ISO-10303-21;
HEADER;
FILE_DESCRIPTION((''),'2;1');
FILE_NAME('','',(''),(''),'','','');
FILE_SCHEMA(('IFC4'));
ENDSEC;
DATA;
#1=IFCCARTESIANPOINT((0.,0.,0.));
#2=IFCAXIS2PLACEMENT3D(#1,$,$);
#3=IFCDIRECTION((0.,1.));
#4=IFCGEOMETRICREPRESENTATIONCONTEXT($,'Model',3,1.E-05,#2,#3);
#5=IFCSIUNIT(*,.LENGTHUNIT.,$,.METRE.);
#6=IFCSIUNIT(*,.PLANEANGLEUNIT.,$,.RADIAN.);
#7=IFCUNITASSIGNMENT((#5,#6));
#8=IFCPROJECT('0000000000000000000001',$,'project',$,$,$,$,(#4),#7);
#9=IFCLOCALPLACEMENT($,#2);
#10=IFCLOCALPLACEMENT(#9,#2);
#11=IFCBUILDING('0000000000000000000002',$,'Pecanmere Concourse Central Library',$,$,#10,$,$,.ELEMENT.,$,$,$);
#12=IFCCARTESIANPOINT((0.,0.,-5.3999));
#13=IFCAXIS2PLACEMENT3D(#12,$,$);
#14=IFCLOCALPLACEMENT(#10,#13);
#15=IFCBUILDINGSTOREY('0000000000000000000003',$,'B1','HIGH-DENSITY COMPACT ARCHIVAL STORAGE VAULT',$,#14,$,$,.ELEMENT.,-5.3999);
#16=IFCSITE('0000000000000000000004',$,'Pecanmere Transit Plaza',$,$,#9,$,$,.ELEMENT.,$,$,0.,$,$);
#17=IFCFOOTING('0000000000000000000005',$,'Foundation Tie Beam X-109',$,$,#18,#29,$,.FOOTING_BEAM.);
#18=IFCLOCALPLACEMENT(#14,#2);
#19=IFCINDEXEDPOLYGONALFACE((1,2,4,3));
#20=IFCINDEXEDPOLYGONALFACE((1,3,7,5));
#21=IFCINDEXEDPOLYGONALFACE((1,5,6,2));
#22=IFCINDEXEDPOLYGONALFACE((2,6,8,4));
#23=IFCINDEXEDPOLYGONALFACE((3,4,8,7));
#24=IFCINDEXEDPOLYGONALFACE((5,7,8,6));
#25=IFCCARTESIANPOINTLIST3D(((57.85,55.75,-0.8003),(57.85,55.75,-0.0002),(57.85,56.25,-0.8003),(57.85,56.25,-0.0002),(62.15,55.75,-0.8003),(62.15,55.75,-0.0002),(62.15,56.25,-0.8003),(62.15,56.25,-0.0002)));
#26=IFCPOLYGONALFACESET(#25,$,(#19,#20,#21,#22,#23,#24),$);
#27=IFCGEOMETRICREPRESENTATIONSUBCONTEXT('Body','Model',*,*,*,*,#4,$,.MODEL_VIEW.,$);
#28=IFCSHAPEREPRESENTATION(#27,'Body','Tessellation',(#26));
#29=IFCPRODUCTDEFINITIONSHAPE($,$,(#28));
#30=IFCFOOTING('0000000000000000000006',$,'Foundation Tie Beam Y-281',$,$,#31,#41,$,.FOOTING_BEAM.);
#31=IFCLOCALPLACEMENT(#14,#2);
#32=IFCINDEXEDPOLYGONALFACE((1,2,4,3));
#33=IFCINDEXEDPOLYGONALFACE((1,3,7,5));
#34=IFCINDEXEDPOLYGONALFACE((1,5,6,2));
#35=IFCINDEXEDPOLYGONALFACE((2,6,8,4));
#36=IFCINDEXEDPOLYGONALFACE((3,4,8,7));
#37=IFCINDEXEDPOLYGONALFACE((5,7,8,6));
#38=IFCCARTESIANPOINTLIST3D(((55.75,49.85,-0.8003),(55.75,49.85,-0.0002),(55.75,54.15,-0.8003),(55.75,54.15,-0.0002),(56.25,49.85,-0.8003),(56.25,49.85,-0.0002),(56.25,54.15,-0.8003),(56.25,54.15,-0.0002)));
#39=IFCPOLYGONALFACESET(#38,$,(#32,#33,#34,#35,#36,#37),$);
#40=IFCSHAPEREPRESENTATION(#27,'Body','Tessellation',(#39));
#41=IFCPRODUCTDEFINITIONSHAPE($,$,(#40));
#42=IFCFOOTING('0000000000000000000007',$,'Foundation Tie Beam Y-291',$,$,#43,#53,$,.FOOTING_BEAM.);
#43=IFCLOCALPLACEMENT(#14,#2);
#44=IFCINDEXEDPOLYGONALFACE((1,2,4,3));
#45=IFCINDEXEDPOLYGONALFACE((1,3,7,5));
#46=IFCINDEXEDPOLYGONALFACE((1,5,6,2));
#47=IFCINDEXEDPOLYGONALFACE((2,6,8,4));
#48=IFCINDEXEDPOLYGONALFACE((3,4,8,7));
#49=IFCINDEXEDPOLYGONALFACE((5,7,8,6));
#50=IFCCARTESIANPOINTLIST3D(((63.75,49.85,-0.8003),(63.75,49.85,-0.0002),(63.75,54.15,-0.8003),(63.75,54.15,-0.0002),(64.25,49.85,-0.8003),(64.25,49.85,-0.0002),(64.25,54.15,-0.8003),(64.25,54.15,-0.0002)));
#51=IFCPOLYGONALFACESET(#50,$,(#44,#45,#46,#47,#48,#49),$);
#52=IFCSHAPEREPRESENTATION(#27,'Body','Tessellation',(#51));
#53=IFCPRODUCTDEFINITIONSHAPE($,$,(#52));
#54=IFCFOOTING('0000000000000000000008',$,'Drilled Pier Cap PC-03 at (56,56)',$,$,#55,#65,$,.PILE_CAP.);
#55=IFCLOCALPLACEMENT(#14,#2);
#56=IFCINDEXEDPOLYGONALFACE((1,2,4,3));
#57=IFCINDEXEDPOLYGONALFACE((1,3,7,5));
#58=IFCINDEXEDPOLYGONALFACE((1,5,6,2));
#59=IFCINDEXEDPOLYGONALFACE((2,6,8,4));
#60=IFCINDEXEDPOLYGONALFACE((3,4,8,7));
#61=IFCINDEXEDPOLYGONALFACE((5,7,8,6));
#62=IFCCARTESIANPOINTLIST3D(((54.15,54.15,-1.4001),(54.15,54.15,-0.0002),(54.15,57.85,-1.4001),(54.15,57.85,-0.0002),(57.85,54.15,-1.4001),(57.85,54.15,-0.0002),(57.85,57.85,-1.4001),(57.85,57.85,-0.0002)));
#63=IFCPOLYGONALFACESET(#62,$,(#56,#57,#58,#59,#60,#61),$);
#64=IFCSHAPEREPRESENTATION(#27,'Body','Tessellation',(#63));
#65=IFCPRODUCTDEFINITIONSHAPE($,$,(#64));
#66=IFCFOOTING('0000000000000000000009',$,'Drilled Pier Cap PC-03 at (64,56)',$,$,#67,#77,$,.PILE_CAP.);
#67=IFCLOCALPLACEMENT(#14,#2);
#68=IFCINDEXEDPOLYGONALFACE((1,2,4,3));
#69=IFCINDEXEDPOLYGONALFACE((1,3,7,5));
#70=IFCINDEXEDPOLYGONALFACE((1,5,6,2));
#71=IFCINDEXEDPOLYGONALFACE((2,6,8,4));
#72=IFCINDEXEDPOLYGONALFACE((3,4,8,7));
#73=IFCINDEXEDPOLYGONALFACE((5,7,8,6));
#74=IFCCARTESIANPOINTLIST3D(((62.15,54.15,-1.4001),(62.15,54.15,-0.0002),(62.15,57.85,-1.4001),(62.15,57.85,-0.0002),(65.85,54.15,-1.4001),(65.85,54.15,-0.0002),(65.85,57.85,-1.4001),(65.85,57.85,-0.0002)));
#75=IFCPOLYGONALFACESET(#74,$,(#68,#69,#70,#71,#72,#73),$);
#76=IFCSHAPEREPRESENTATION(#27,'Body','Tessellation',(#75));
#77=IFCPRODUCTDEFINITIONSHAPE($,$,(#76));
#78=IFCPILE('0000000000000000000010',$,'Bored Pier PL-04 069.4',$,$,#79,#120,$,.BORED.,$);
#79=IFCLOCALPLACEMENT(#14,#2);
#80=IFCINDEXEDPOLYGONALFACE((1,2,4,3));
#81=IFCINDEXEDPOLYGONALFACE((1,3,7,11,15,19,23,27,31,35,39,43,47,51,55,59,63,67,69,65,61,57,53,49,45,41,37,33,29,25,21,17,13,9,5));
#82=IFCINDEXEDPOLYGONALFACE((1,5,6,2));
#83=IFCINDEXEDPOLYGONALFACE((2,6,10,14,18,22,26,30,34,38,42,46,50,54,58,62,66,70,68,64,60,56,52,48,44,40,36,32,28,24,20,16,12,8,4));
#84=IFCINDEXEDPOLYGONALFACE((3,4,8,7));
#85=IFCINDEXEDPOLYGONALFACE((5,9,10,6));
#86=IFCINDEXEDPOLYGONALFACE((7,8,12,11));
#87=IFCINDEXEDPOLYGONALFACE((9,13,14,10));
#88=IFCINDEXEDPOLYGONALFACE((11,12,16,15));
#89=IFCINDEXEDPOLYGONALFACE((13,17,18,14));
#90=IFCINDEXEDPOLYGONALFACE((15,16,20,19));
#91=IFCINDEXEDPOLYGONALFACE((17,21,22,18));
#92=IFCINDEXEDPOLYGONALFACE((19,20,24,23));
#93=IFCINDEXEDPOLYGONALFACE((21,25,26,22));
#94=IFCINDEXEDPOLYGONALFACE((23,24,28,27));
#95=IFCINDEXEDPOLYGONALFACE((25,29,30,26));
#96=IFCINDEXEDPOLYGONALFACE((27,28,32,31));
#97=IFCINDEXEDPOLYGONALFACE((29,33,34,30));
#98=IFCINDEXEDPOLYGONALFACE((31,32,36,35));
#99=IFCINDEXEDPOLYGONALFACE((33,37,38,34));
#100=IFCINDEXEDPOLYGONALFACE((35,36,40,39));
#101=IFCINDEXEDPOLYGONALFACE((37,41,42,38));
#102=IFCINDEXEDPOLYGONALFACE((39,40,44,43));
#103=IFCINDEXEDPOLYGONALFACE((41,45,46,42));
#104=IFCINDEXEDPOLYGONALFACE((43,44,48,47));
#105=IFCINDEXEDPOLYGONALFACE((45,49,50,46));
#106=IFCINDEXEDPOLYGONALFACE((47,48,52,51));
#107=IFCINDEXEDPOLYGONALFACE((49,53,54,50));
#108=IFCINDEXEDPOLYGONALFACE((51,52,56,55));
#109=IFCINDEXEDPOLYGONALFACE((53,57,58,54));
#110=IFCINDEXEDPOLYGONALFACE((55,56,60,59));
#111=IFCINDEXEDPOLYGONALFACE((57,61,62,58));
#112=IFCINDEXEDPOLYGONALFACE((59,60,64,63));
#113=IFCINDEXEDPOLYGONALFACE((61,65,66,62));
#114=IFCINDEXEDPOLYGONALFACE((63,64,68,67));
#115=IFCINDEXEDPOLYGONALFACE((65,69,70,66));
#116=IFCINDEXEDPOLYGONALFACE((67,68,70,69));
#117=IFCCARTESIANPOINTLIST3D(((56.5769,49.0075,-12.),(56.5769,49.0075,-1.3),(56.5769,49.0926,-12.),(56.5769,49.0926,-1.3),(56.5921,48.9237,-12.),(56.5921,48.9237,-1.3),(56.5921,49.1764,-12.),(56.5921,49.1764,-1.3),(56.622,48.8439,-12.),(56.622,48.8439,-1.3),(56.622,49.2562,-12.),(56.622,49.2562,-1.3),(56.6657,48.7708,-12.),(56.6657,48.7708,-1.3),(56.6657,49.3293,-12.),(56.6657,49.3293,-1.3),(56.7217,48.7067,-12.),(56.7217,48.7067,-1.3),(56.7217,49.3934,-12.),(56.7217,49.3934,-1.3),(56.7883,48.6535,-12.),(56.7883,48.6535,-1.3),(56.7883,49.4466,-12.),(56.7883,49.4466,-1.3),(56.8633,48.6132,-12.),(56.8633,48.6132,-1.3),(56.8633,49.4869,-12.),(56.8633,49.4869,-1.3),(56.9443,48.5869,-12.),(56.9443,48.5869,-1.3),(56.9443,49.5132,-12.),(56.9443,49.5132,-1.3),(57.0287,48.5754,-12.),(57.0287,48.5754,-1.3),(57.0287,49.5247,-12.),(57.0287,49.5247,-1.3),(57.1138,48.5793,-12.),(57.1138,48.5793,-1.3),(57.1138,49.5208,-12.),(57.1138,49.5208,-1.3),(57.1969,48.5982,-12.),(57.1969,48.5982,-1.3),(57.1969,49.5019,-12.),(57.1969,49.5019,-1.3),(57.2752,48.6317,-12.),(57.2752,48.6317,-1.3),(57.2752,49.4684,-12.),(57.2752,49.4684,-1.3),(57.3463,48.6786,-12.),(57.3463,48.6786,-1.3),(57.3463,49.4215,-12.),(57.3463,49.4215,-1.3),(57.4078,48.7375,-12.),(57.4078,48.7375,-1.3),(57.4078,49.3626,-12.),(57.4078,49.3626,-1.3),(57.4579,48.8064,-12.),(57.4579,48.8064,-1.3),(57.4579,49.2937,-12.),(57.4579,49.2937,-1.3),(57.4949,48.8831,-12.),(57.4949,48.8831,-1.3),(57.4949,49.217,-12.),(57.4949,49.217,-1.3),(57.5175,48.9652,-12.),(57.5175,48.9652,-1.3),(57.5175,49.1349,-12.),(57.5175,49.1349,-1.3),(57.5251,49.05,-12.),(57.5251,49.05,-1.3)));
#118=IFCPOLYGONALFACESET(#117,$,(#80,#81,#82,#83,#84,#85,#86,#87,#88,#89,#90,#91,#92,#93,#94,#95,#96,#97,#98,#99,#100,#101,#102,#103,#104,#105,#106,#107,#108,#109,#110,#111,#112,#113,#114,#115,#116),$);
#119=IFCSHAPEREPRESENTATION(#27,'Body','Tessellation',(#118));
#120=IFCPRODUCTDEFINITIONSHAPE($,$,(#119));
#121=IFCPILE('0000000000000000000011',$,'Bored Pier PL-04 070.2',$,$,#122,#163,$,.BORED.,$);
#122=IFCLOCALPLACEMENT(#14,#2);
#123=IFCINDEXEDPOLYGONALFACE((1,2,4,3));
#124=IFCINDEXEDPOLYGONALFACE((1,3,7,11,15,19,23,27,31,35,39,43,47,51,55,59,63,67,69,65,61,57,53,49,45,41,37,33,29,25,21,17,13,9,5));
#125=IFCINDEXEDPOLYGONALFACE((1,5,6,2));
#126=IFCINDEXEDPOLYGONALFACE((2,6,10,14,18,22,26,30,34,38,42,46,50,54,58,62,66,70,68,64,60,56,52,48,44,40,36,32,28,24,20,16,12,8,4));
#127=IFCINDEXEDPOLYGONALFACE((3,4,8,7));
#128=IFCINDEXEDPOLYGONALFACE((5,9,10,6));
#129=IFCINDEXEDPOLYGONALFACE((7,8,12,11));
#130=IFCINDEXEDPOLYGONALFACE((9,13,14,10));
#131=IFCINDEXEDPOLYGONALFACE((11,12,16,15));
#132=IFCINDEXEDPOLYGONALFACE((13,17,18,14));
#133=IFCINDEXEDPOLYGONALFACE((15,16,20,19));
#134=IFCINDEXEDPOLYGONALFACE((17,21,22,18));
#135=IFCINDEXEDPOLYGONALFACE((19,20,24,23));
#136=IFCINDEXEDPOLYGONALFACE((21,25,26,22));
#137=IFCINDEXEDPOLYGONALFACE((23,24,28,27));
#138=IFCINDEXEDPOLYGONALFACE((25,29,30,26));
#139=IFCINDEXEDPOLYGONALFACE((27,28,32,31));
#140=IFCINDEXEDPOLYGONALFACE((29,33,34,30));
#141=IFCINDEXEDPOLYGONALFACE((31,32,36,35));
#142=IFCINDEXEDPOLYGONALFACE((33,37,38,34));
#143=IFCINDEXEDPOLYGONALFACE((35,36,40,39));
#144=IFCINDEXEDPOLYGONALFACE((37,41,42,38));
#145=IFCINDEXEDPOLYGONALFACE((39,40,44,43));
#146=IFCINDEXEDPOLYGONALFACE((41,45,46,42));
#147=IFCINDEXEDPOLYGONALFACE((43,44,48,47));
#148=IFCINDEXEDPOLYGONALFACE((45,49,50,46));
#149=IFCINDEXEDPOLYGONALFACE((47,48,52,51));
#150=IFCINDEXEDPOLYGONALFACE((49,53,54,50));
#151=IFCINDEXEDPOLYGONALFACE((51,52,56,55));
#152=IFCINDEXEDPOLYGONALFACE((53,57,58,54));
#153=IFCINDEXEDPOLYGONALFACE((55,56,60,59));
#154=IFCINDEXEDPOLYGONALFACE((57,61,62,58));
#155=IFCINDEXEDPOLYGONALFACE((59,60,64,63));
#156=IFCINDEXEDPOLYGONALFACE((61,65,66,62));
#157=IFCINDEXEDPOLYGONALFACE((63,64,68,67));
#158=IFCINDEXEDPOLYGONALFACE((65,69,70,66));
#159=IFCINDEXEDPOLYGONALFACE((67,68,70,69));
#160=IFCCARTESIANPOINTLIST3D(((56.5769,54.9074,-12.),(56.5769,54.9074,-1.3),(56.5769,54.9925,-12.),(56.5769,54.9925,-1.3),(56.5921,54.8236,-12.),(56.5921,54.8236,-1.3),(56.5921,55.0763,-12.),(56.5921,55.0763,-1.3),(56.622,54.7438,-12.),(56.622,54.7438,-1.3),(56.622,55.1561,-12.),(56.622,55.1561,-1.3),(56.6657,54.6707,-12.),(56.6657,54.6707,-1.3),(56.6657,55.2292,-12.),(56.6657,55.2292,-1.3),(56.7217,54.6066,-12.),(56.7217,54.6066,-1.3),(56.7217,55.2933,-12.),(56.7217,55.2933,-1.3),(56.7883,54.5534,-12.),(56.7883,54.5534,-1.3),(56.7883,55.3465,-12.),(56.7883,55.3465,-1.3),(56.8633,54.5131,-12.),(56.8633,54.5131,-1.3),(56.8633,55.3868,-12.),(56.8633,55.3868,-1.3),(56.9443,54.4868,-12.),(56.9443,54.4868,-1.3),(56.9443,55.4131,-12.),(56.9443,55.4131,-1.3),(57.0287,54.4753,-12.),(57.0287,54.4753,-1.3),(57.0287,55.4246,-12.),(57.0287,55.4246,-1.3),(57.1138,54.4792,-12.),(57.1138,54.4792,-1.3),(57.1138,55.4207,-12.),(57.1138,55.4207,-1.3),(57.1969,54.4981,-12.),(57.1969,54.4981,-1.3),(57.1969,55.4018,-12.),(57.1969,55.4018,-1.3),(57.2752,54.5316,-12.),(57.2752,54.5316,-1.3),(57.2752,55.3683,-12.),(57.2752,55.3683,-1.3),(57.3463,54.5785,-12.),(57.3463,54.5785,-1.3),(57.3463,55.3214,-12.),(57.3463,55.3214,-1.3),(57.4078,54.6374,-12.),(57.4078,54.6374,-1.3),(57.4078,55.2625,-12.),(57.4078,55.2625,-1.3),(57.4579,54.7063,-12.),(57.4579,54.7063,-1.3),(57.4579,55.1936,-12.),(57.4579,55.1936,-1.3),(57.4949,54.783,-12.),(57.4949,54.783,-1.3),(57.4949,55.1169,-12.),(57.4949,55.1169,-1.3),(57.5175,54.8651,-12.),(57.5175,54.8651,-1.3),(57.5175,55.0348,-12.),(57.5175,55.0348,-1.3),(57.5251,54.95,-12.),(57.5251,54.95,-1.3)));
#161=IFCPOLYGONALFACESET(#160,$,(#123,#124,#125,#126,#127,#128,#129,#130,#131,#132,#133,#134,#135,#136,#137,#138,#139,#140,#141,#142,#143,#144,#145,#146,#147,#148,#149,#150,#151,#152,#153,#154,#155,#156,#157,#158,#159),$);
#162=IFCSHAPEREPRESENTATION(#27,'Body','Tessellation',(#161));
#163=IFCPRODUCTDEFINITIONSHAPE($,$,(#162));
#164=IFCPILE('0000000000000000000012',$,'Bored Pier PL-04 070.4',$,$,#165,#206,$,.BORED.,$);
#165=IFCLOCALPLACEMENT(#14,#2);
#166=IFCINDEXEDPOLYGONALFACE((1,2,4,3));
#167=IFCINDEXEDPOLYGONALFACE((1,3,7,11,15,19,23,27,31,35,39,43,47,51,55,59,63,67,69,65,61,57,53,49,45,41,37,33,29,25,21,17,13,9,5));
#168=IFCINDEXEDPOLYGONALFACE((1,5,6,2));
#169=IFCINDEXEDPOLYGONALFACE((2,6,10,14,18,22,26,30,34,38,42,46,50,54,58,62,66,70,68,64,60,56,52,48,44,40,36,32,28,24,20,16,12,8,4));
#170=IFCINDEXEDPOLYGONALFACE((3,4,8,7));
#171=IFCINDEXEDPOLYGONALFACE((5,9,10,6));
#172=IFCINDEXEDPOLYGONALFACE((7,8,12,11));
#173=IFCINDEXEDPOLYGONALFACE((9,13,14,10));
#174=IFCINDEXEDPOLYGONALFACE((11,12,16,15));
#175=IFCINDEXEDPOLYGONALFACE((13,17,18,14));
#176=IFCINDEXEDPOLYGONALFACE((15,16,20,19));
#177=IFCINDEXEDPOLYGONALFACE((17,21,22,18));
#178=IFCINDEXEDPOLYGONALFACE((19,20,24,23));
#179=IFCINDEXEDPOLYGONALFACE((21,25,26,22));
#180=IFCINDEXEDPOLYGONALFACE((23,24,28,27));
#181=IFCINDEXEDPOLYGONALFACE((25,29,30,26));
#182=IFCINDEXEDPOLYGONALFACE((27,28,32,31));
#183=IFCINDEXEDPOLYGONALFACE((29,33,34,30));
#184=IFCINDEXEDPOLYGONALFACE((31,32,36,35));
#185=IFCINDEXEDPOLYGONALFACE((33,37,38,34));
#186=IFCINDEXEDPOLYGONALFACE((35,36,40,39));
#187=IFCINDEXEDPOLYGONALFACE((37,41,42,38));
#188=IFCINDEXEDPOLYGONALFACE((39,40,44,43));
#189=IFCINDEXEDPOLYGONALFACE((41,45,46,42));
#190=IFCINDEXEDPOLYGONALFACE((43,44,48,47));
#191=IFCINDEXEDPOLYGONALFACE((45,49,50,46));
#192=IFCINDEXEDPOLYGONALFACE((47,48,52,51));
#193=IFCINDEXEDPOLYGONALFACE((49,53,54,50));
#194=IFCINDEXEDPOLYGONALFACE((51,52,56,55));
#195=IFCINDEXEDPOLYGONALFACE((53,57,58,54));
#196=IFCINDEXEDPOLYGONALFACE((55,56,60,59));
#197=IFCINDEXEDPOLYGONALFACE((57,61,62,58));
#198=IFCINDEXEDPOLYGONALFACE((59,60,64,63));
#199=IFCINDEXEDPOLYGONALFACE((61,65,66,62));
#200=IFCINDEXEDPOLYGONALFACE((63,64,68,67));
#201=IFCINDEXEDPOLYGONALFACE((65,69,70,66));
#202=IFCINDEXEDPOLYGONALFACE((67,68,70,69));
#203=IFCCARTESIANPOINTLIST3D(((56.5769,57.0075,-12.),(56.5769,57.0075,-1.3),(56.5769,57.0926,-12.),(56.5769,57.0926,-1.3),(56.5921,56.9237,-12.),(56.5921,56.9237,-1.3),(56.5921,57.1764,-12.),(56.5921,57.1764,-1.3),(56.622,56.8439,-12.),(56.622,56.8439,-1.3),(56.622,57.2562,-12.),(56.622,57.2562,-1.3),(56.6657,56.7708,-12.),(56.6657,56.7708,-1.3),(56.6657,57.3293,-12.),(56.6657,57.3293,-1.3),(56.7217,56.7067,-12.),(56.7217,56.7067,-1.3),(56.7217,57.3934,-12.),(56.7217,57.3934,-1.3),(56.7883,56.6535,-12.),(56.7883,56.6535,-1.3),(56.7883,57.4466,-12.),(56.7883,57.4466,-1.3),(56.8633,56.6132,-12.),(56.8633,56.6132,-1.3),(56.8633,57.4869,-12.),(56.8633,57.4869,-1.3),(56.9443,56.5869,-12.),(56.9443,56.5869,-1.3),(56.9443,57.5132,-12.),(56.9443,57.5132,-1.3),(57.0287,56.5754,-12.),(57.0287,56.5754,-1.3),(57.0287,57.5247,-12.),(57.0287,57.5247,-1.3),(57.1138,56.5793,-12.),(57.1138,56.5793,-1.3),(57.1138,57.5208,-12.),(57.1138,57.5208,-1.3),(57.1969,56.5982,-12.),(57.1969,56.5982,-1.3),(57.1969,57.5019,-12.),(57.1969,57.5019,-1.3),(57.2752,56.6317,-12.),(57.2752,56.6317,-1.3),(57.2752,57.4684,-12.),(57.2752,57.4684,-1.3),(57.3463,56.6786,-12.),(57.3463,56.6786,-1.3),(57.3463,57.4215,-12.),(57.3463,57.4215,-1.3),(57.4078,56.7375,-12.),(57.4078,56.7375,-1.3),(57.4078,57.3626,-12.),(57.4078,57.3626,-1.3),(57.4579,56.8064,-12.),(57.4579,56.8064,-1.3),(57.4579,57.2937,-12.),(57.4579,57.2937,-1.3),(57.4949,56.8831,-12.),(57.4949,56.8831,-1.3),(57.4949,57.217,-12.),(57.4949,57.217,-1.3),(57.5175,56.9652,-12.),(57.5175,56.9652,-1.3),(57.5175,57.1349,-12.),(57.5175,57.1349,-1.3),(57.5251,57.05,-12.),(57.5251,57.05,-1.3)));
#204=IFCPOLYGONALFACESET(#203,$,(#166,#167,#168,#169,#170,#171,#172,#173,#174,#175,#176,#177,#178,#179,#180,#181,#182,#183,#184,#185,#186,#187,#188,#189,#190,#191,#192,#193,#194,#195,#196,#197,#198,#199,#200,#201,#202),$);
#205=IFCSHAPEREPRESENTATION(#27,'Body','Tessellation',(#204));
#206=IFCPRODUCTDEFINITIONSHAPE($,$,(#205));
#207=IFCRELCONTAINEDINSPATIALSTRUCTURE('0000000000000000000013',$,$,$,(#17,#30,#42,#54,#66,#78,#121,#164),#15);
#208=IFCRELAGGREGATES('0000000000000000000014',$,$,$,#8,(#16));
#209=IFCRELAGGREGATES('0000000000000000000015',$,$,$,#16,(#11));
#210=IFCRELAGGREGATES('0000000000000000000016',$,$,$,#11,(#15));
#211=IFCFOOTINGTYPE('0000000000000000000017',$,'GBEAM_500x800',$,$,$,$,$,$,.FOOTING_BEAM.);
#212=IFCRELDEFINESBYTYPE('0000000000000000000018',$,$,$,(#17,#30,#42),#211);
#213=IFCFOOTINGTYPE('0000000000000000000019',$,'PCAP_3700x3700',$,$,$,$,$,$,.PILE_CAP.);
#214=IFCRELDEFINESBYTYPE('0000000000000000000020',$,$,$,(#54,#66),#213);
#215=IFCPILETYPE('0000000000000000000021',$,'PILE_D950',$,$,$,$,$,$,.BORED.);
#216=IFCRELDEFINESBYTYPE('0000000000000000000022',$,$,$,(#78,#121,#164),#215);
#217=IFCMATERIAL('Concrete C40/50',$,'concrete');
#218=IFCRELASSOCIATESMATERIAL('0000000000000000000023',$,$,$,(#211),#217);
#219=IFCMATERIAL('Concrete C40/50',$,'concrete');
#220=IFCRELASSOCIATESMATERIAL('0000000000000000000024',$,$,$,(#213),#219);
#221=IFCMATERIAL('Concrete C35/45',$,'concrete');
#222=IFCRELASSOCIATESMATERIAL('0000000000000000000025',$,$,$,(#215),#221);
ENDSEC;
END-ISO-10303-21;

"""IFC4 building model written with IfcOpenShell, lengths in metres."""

from ifc_helpers import new_model, si_unit, direction, frame, origin, origin_2d, place, context, subcontext, project, spatial, rectangle, circle, extrude, material, material_profile, profile_set, type_object, element, save


model = new_model("IFC4")

# Units and contexts
model_context = context("Model", 3, precision=1e-05, world=origin(), true_north=direction((0.0, 1.0)))
body_context = subcontext(model_context, "Body", "Model", "MODEL_VIEW")
ifc_project = project(units=[si_unit("LENGTHUNIT", "METRE"), si_unit("PLANEANGLEUNIT", "RADIAN")], contexts=[model_context])

# Site, building, storey
site_placement = place(None, origin())
site = spatial("IfcSite", under=ifc_project, at=site_placement, Name="Pecanmere Transit Plaza", CompositionType="ELEMENT", RefElevation=0.0)
building_placement = place(site_placement, origin())
building = spatial("IfcBuilding", under=site, at=building_placement, Name="Pecanmere Concourse Central Library", CompositionType="ELEMENT")
storey_placement = place(building_placement, frame((0.0, 0.0, -5.3999)))
storey = spatial("IfcBuildingStorey", under=building, at=storey_placement, Name="B1", Description="HIGH-DENSITY COMPACT ARCHIVAL STORAGE VAULT", CompositionType="ELEMENT", Elevation=-5.3999)

# Footings
ifc_material_1 = material(Name="Concrete C40/50", Category="concrete")
ifc_material_profile_1 = material_profile(ifc_material_1, rectangle(XDim=0.5, YDim=0.8, at=origin_2d()), Name="RC 500x800")
ifc_profile_set_1 = profile_set([ifc_material_profile_1], Name="Concrete C40/50")
footing_type_1 = type_object("IfcFootingType", Name="GBEAM_500x800", PredefinedType="FOOTING_BEAM", material=ifc_profile_set_1)
for number, where, z_axis, x_axis, name in (
    (1, (60.0, 56.0, -0.8003), (0.0, 0.0, 1.0), (1.0, 0.0, 0.0), "Foundation Tie Beam X-109"),
    (2, (56.0, 52.0, -0.8003), (0.0, 0.0, 1.0), (0.0, 1.0, 0.0), "Foundation Tie Beam Y-281"),
    (3, (64.0, 52.0, -0.8003), (0.0, 0.0, 1.0), (0.0, 1.0, 0.0), "Foundation Tie Beam Y-291"),
):
    element("IfcFooting", number, at=place(storey_placement, frame(where, z_axis=z_axis, x_axis=x_axis)), inside=storey, type_object=footing_type_1, Name=name, PredefinedType="FOOTING_BEAM", context=body_context, shape_type="SweptSolid", body=[
        extrude(rectangle(XDim=4.3, YDim=0.5, at=origin_2d()), origin(), (0.0, 0.0, 1.0), 0.8),
    ])
ifc_material_2 = material(Name="Concrete C40/50", Category="concrete")
footing_type_2 = type_object("IfcFootingType", Name="PCAP_3700x3700", PredefinedType="PILE_CAP", material=ifc_material_2)
for number, where, z_axis, x_axis, name in (
    (4, (56.0, 56.0, -1.4001), (0.0, 0.0, 1.0), (1.0, 0.0, 0.0), "Drilled Pier Cap PC-03 at (56,56)"),
    (5, (64.0, 56.0, -1.4001), (0.0, 0.0, 1.0), (1.0, 0.0, 0.0), "Drilled Pier Cap PC-03 at (64,56)"),
):
    element("IfcFooting", number, at=place(storey_placement, frame(where, z_axis=z_axis, x_axis=x_axis)), inside=storey, type_object=footing_type_2, Name=name, PredefinedType="PILE_CAP", context=body_context, shape_type="SweptSolid", body=[
        extrude(rectangle(XDim=3.7, YDim=3.7, at=origin_2d()), origin(), (0.0, 0.0, 1.0), 1.3999),
    ])

# Piles
ifc_material_3 = material(Name="Concrete C35/45", Category="concrete")
ifc_material_profile_2 = material_profile(ifc_material_3, circle(Radius=0.4751, at=origin_2d()), Name="PIER D950")
ifc_profile_set_2 = profile_set([ifc_material_profile_2], Name="Concrete C35/45")
pile_type = type_object("IfcPileType", Name="PILE_D950", PredefinedType="BORED", material=ifc_profile_set_2)
for number, where, z_axis, x_axis, name in (
    (6, (57.05, 49.05, -1.3), (0.0, 0.0, -1.0), (1.0, 0.0, 0.0), "Bored Pier PL-04 069.4"),
    (7, (57.05, 54.95, -1.3), (0.0, 0.0, -1.0), (1.0, 0.0, 0.0), "Bored Pier PL-04 070.2"),
    (8, (57.05, 57.05, -1.3), (0.0, 0.0, -1.0), (1.0, 0.0, 0.0), "Bored Pier PL-04 070.4"),
):
    element("IfcPile", number, at=place(storey_placement, frame(where, z_axis=z_axis, x_axis=x_axis)), inside=storey, type_object=pile_type, Name=name, PredefinedType="BORED", context=body_context, shape_type="SweptSolid", body=[
        extrude(circle(Radius=0.4751, at=origin_2d()), origin(), (0.0, 0.0, 1.0), 10.7),
    ])

save(model, "model.ifc")
